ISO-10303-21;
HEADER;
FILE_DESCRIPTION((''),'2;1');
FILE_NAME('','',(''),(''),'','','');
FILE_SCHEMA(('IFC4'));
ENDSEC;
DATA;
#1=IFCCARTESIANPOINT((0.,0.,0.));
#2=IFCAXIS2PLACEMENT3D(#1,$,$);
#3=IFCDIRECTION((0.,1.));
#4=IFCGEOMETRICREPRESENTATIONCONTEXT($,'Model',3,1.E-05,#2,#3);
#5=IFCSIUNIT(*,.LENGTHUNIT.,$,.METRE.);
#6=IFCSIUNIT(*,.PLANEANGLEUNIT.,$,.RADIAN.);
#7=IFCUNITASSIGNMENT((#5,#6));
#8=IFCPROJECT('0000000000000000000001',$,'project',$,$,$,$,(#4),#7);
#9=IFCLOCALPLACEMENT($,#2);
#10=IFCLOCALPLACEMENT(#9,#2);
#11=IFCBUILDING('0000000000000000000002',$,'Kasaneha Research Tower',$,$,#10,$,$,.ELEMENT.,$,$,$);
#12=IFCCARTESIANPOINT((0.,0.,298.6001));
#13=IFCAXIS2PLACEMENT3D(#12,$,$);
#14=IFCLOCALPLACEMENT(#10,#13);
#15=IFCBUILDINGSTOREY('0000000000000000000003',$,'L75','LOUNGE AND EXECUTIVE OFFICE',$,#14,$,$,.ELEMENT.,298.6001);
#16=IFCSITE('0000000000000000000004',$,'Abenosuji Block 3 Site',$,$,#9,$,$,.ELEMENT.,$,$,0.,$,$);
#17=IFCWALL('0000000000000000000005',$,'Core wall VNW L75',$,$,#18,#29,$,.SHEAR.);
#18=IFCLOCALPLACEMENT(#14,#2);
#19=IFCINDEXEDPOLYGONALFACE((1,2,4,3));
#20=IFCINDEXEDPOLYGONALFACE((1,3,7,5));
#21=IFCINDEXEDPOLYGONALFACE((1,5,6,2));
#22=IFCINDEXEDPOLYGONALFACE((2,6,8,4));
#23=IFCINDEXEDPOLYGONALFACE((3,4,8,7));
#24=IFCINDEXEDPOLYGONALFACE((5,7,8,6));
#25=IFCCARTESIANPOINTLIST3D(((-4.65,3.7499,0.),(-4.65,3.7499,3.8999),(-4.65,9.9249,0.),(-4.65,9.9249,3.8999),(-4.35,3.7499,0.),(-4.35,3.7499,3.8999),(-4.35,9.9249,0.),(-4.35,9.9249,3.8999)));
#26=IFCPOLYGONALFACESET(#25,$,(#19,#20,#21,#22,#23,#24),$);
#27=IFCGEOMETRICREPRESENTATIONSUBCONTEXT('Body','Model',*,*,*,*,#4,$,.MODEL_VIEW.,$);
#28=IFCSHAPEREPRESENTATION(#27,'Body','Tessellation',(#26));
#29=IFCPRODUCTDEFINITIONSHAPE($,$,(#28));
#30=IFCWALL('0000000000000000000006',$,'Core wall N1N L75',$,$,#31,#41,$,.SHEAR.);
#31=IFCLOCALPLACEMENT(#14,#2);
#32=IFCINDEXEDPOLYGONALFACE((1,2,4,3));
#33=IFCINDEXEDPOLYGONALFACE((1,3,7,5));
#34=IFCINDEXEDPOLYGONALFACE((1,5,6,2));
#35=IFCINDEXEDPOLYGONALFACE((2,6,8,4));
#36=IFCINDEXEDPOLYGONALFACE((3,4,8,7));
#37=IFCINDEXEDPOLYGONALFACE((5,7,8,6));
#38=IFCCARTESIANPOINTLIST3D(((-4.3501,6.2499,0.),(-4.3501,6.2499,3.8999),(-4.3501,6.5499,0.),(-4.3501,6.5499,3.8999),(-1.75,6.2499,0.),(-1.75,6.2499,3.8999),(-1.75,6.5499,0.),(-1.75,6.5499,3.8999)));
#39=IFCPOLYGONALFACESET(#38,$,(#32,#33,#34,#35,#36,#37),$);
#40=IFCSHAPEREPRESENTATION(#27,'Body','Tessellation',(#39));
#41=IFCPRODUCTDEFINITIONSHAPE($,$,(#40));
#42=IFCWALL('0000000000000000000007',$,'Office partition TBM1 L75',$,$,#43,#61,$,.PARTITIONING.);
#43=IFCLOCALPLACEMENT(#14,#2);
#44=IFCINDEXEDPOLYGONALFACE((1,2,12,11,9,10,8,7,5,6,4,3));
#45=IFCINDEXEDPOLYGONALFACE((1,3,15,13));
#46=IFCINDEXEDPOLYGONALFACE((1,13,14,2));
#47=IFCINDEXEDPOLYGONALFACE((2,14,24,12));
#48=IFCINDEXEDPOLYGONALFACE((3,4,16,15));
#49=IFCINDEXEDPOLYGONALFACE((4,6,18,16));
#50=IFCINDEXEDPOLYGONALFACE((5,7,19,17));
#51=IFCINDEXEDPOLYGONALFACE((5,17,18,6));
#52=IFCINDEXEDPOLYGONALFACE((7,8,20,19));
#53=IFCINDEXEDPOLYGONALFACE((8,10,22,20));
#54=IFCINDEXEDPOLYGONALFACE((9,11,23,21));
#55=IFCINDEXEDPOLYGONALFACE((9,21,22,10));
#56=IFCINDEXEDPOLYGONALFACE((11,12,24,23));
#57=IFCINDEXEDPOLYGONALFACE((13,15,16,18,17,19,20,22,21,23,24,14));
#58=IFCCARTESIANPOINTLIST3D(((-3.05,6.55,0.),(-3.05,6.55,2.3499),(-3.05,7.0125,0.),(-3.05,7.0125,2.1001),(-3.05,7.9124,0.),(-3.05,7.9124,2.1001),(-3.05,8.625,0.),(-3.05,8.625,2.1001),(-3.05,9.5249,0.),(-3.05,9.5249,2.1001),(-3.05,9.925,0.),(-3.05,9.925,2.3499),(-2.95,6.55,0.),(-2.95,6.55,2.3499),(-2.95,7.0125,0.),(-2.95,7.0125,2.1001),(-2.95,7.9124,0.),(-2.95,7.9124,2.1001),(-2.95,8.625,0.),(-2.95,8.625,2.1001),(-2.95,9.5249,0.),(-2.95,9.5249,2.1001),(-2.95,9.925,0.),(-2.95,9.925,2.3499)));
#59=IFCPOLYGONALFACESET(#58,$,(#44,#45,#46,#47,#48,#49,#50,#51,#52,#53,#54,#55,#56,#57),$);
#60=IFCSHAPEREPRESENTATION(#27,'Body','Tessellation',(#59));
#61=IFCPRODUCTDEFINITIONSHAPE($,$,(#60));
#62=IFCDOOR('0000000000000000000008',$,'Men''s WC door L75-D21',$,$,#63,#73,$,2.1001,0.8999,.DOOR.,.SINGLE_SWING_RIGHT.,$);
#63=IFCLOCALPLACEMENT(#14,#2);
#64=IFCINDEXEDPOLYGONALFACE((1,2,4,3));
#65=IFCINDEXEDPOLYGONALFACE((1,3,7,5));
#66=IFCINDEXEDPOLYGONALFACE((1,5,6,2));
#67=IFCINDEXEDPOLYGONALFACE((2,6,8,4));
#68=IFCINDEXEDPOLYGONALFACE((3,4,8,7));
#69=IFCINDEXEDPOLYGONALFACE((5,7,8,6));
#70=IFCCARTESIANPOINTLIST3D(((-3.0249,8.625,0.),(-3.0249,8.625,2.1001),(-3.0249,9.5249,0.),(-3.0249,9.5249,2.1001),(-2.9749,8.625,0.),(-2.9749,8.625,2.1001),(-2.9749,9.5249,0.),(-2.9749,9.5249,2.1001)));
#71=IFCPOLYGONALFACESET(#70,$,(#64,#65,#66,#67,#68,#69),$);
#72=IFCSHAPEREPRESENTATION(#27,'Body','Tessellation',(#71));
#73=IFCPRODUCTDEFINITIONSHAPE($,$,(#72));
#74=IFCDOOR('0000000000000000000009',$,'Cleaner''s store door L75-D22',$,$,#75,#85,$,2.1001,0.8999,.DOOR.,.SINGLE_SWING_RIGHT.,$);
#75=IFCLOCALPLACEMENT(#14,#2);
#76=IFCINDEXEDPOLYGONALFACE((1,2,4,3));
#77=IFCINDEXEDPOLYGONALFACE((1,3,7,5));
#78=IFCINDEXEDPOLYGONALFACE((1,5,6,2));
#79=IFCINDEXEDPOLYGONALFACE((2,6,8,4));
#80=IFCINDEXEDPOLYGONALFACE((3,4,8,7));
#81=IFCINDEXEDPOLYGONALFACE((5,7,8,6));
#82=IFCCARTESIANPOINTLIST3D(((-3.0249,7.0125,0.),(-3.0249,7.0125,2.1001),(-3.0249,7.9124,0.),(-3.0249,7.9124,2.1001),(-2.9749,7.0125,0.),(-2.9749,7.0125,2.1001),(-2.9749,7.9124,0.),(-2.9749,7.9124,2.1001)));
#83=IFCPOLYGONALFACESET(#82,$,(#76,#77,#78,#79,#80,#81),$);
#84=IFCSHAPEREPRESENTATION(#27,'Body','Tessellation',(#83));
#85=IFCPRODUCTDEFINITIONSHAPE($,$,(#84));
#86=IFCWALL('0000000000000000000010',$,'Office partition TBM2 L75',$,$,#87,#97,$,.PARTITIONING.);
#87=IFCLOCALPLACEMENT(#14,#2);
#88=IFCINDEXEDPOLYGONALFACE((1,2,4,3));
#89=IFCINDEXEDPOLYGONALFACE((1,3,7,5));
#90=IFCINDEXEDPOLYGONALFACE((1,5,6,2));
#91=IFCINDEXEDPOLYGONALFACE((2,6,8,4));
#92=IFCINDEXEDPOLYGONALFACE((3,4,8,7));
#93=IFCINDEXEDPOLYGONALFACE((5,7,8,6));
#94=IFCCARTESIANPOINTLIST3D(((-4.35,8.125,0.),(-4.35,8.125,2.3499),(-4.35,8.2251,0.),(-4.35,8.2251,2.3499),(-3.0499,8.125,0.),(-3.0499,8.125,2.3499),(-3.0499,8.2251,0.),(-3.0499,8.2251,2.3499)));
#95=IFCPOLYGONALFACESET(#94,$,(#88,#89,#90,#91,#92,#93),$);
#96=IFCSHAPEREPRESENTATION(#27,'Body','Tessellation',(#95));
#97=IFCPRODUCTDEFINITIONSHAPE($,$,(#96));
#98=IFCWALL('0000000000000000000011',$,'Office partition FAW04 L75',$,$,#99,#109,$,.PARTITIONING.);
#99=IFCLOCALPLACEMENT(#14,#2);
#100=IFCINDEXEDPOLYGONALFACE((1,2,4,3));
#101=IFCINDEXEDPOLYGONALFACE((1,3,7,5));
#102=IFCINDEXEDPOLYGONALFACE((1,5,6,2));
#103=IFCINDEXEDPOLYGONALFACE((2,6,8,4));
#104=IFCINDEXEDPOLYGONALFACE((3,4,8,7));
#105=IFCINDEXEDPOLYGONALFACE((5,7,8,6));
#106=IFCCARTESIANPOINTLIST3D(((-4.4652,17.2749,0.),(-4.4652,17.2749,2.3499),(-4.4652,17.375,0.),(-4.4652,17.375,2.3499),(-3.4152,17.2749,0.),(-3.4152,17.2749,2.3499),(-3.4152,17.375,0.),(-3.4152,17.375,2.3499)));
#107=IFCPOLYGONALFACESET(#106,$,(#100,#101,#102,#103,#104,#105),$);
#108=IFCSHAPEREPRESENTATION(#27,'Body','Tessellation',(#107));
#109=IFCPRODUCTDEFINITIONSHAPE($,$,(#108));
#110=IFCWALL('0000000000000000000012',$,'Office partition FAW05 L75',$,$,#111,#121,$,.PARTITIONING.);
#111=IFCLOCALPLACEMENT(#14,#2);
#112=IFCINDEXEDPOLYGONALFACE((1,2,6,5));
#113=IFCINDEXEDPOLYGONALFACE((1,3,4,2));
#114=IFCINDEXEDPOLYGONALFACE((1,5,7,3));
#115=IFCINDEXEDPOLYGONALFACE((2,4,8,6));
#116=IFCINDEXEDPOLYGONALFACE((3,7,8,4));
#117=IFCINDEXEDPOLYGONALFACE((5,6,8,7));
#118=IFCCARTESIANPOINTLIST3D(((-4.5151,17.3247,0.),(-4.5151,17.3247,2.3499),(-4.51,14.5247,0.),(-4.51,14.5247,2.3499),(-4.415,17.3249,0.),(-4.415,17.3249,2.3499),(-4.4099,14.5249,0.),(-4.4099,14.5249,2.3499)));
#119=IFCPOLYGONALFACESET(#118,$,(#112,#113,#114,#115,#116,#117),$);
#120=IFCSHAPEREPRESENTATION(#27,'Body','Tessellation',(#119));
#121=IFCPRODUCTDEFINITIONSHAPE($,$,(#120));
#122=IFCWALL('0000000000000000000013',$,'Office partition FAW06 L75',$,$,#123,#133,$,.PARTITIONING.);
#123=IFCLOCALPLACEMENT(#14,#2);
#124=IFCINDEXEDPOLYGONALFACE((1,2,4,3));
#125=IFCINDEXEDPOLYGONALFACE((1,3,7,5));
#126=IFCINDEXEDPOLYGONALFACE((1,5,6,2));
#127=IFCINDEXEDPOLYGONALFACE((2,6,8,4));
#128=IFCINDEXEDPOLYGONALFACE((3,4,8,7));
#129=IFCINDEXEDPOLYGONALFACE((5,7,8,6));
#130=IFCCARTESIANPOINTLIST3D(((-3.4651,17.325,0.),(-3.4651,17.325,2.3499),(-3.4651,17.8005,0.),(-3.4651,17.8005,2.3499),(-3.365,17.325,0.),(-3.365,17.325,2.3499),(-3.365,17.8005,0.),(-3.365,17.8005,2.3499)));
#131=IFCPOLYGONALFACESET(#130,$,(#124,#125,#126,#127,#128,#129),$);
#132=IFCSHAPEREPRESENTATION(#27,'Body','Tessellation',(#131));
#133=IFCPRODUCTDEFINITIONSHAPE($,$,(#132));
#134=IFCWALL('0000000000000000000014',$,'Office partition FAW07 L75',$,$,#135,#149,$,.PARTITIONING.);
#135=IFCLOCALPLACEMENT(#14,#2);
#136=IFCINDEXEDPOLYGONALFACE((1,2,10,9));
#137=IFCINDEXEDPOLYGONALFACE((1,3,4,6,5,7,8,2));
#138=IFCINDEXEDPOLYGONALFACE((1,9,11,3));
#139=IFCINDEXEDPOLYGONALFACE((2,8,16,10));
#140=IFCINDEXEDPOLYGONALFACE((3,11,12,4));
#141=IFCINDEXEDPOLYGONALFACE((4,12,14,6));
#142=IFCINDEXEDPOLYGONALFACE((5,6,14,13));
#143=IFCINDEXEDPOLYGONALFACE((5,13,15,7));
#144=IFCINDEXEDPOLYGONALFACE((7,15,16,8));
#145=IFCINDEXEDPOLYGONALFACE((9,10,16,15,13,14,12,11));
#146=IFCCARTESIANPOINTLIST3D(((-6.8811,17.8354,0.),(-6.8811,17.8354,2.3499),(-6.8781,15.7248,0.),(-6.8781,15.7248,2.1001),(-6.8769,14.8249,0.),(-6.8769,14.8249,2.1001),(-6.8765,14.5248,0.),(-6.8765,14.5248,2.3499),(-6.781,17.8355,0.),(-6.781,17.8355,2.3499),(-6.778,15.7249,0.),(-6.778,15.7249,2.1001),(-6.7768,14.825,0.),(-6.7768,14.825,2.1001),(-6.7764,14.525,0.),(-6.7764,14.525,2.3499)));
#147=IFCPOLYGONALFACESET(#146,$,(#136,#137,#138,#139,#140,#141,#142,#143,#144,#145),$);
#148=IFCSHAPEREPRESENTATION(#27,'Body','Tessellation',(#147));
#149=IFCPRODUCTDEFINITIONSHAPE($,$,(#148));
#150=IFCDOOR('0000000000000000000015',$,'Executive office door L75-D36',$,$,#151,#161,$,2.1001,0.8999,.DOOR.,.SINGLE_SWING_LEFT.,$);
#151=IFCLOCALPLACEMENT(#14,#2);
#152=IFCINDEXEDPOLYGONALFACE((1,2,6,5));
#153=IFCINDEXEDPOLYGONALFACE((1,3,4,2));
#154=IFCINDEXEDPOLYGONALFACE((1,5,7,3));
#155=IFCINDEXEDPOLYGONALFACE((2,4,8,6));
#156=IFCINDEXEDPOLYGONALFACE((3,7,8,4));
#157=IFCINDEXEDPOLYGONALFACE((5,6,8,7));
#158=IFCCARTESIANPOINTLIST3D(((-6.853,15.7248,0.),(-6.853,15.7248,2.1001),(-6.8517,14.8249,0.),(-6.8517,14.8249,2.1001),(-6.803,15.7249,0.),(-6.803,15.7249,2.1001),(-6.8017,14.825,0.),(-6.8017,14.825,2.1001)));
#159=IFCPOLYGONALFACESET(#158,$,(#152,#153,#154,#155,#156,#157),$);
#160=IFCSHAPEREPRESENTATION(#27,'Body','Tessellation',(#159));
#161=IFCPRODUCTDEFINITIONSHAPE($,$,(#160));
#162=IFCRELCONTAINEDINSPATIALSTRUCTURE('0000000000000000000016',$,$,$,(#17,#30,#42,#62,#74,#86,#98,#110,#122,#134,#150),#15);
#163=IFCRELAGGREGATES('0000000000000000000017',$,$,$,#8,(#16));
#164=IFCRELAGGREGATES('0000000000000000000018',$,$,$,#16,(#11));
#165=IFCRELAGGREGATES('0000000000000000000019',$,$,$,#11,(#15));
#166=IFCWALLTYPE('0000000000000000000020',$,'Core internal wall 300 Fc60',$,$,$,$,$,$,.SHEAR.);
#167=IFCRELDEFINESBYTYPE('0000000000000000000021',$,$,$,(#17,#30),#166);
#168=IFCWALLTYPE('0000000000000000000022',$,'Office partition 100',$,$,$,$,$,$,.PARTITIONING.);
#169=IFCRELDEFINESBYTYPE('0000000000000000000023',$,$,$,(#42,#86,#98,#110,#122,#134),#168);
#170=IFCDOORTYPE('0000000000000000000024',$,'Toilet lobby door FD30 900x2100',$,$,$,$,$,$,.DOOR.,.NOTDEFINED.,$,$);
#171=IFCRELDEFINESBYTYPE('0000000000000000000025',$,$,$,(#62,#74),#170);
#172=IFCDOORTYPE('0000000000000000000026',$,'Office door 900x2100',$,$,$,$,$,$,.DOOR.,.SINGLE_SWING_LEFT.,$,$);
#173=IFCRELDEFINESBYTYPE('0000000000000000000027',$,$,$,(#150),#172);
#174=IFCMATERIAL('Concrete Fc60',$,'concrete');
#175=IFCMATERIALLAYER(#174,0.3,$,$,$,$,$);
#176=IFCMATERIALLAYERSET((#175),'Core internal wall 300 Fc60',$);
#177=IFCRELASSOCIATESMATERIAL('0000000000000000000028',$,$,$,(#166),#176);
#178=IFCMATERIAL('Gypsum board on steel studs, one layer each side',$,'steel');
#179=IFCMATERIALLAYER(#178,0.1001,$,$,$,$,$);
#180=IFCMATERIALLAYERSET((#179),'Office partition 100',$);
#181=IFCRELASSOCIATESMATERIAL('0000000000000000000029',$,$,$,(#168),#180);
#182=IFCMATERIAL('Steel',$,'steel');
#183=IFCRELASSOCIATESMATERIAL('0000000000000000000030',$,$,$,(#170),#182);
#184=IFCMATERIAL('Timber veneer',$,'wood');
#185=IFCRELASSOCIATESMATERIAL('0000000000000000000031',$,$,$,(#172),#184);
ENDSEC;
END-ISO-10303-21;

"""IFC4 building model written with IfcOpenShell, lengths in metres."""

from ifc_helpers import new_model, si_unit, direction, frame, frame_2d, origin, place, context, subcontext, project, spatial, rectangle, extrude, material, layer, layer_set, type_object, element, fill, save


model = new_model("IFC4")

# Units and contexts
model_context = context("Model", 3, precision=1e-05, world=origin(), true_north=direction((0.0, 1.0)))
body_context = subcontext(model_context, "Body", "Model", "MODEL_VIEW")
ifc_project = project(units=[si_unit("LENGTHUNIT", "METRE"), si_unit("PLANEANGLEUNIT", "RADIAN")], contexts=[model_context])

# Site, building, storey
site_placement = place(None, origin())
site = spatial("IfcSite", under=ifc_project, at=site_placement, Name="Abenosuji Block 3 Site", CompositionType="ELEMENT", RefElevation=0.0)
building_placement = place(site_placement, origin())
building = spatial("IfcBuilding", under=site, at=building_placement, Name="Kasaneha Research Tower", CompositionType="ELEMENT")
storey_placement = place(building_placement, frame((0.0, 0.0, 298.6001)))
storey = spatial("IfcBuildingStorey", under=building, at=storey_placement, Name="L75", Description="LOUNGE AND EXECUTIVE OFFICE", CompositionType="ELEMENT", Elevation=298.6001)

# Shared definitions
ifc_material_1 = material(Name="Concrete Fc60", Category="concrete")
ifc_layer_1 = layer(ifc_material_1, 0.3)
ifc_layer_set_1 = layer_set([ifc_layer_1], Name="Core internal wall 300 Fc60")
wall_type_1 = type_object("IfcWallType", Name="Core internal wall 300 Fc60", PredefinedType="SHEAR", material=ifc_layer_set_1)

# Walls
wall_1_placement = place(storey_placement, frame((-4.5, 3.75, 0.0), z_axis=(0.0, 0.0, 1.0), x_axis=(0.0, 1.0, 0.0)))
element("IfcWall", 1, at=wall_1_placement, inside=storey, type_object=wall_type_1, Name="Core wall VNW L75", PredefinedType="SHEAR", context=body_context, shape_type="SweptSolid", body=[
    extrude(rectangle(XDim=6.175, YDim=0.3, at=frame_2d((3.0874, 0.0))), origin(), (0.0, 0.0, 1.0), 3.8999),
])
wall_2_placement = place(storey_placement, frame((-4.3501, 6.3999, 0.0), z_axis=(0.0, 0.0, 1.0), x_axis=(1.0, 0.0, 0.0)))
element("IfcWall", 2, at=wall_2_placement, inside=storey, type_object=wall_type_1, Name="Core wall N1N L75", PredefinedType="SHEAR", context=body_context, shape_type="SweptSolid", body=[
    extrude(rectangle(XDim=2.6001, YDim=0.3, at=frame_2d((1.3, 0.0))), origin(), (0.0, 0.0, 1.0), 3.8999),
])

# Wall, openings, doors
ifc_material_2 = material(Name="Gypsum board on steel studs, one layer each side", Category="steel")
ifc_layer_2 = layer(ifc_material_2, 0.1001)
ifc_layer_set_2 = layer_set([ifc_layer_2], Name="Office partition 100")
wall_type_2 = type_object("IfcWallType", Name="Office partition 100", PredefinedType="PARTITIONING", material=ifc_layer_set_2)
wall_3_placement = place(storey_placement, frame((-3.0, 6.55, 0.0), z_axis=(0.0, 0.0, 1.0), x_axis=(0.0, 1.0, 0.0)))
wall_3 = element("IfcWall", 3, at=wall_3_placement, inside=storey, type_object=wall_type_2, Name="Office partition TBM1 L75", PredefinedType="PARTITIONING", context=body_context, shape_type="SweptSolid", body=[
    extrude(rectangle(XDim=3.375, YDim=0.1001, at=frame_2d((1.6875, 0.0))), origin(), (0.0, 0.0, 1.0), 2.3499),
])
opening_1_placement = place(wall_3_placement, frame((2.075, 0.0, 0.0)))
opening_1 = element("IfcOpeningElement", 4, at=opening_1_placement, cuts=wall_3, PredefinedType="OPENING", context=body_context, shape_type="SweptSolid", body=[
    extrude(rectangle(XDim=0.8999, YDim=2.1001, at=frame_2d((0.45, 1.05))), frame((0.0, 0.0601, 0.0), z_axis=(0.0, -1.0, 0.0), x_axis=(1.0, 0.0, 0.0)), (0.0, 0.0, 1.0), 0.1201),
])
opening_2_placement = place(wall_3_placement, frame((0.4624, 0.0, 0.0)))
opening_2 = element("IfcOpeningElement", 5, at=opening_2_placement, cuts=wall_3, PredefinedType="OPENING", context=body_context, shape_type="SweptSolid", body=[
    extrude(rectangle(XDim=0.8999, YDim=2.1001, at=frame_2d((0.45, 1.05))), frame((0.0, 0.0601, 0.0), z_axis=(0.0, -1.0, 0.0), x_axis=(1.0, 0.0, 0.0)), (0.0, 0.0, 1.0), 0.1201),
])
ifc_material_3 = material(Name="Steel", Category="steel")
door_type_1 = type_object("IfcDoorType", Name="Toilet lobby door FD30 900x2100", OperationType="NOTDEFINED", PredefinedType="DOOR", material=ifc_material_3)
door_1_placement = place(opening_1_placement, origin())
door_1 = element("IfcDoor", 6, at=door_1_placement, inside=storey, type_object=door_type_1, Name="Men's WC door L75-D21", OperationType="SINGLE_SWING_RIGHT", OverallHeight=2.1001, OverallWidth=0.8999, PredefinedType="DOOR", context=body_context, shape_type="SweptSolid", body=[
    extrude(rectangle(XDim=0.8999, YDim=2.1001, at=frame_2d((0.45, 1.05))), frame((0.0, 0.0249, 0.0), z_axis=(0.0, -1.0, 0.0), x_axis=(1.0, 0.0, 0.0)), (0.0, 0.0, 1.0), 0.05),
])
fill(opening_1, door_1)
door_2_placement = place(opening_2_placement, origin())
door_2 = element("IfcDoor", 7, at=door_2_placement, inside=storey, type_object=door_type_1, Name="Cleaner's store door L75-D22", OperationType="SINGLE_SWING_RIGHT", OverallHeight=2.1001, OverallWidth=0.8999, PredefinedType="DOOR", context=body_context, shape_type="SweptSolid", body=[
    extrude(rectangle(XDim=0.8999, YDim=2.1001, at=frame_2d((0.45, 1.05))), frame((0.0, 0.0249, 0.0), z_axis=(0.0, -1.0, 0.0), x_axis=(1.0, 0.0, 0.0)), (0.0, 0.0, 1.0), 0.05),
])
fill(opening_2, door_2)

# Walls
wall_4_placement = place(storey_placement, frame((-3.05, 8.175, 0.0), z_axis=(0.0, 0.0, 1.0), x_axis=(-1.0, 0.0, 0.0)))
element("IfcWall", 8, at=wall_4_placement, inside=storey, type_object=wall_type_2, Name="Office partition TBM2 L75", PredefinedType="PARTITIONING", context=body_context, shape_type="SweptSolid", body=[
    extrude(rectangle(XDim=1.3, YDim=0.1001, at=frame_2d((0.6499, 0.0))), origin(), (0.0, 0.0, 1.0), 2.3499),
])
wall_5_placement = place(storey_placement, frame((-4.4651, 17.325, 0.0), z_axis=(0.0, 0.0, 1.0), x_axis=(1.0, 0.0, 0.0)))
element("IfcWall", 9, at=wall_5_placement, inside=storey, type_object=wall_type_2, Name="Office partition FAW04 L75", PredefinedType="PARTITIONING", context=body_context, shape_type="SweptSolid", body=[
    extrude(rectangle(XDim=1.05, YDim=0.1001, at=frame_2d((0.5249, 0.0))), origin(), (0.0, 0.0, 1.0), 2.3499),
])
wall_6_placement = place(storey_placement, frame((-4.46, 14.5249, 0.0), z_axis=(0.0, 0.0, 1.0), x_axis=(-0.001831, 0.999998, 0.0)))
element("IfcWall", 10, at=wall_6_placement, inside=storey, type_object=wall_type_2, Name="Office partition FAW05 L75", PredefinedType="PARTITIONING", context=body_context, shape_type="SweptSolid", body=[
    extrude(rectangle(XDim=2.8, YDim=0.1001, at=frame_2d((1.3999, 0.0))), origin(), (0.0, 0.0, 1.0), 2.3499),
])
wall_7_placement = place(storey_placement, frame((-3.415, 17.325, 0.0), z_axis=(0.0, 0.0, 1.0), x_axis=(0.0, 1.0, 0.0)))
element("IfcWall", 11, at=wall_7_placement, inside=storey, type_object=wall_type_2, Name="Office partition FAW06 L75", PredefinedType="PARTITIONING", context=body_context, shape_type="SweptSolid", body=[
    extrude(rectangle(XDim=0.4756, YDim=0.1001, at=frame_2d((0.2378, 0.0))), origin(), (0.0, 0.0, 1.0), 2.3499),
])

# Wall, opening, door
wall_8_placement = place(storey_placement, frame((-6.8264, 14.5249, 0.0), z_axis=(0.0, 0.0, 1.0), x_axis=(-0.001401, 0.999999, 0.0)))
wall_8 = element("IfcWall", 12, at=wall_8_placement, inside=storey, type_object=wall_type_2, Name="Office partition FAW07 L75", PredefinedType="PARTITIONING", context=body_context, shape_type="SweptSolid", body=[
    extrude(rectangle(XDim=3.3105, YDim=0.1001, at=frame_2d((1.6553, 0.0))), origin(), (0.0, 0.0, 1.0), 2.3499),
])
opening_3_placement = place(wall_8_placement, frame((0.3, 0.0, 0.0)))
opening_3 = element("IfcOpeningElement", 13, at=opening_3_placement, cuts=wall_8, PredefinedType="OPENING", context=body_context, shape_type="SweptSolid", body=[
    extrude(rectangle(XDim=0.8999, YDim=2.1001, at=frame_2d((0.45, 1.05))), frame((0.0, 0.0601, 0.0), z_axis=(0.0, -1.0, 0.0), x_axis=(1.0, 0.0, 0.0)), (0.0, 0.0, 1.0), 0.1201),
])
ifc_material_4 = material(Name="Timber veneer", Category="wood")
door_type_2 = type_object("IfcDoorType", Name="Office door 900x2100", OperationType="SINGLE_SWING_LEFT", PredefinedType="DOOR", material=ifc_material_4)
door_3_placement = place(opening_3_placement, origin())
door_3 = element("IfcDoor", 14, at=door_3_placement, inside=storey, type_object=door_type_2, Name="Executive office door L75-D36", OperationType="SINGLE_SWING_LEFT", OverallHeight=2.1001, OverallWidth=0.8999, PredefinedType="DOOR", context=body_context, shape_type="SweptSolid", body=[
    extrude(rectangle(XDim=0.8999, YDim=2.1001, at=frame_2d((0.45, 1.05))), frame((0.0, 0.0249, 0.0), z_axis=(0.0, -1.0, 0.0), x_axis=(1.0, 0.0, 0.0)), (0.0, 0.0, 1.0), 0.05),
])
fill(opening_3, door_3)

save(model, "model.ifc")
